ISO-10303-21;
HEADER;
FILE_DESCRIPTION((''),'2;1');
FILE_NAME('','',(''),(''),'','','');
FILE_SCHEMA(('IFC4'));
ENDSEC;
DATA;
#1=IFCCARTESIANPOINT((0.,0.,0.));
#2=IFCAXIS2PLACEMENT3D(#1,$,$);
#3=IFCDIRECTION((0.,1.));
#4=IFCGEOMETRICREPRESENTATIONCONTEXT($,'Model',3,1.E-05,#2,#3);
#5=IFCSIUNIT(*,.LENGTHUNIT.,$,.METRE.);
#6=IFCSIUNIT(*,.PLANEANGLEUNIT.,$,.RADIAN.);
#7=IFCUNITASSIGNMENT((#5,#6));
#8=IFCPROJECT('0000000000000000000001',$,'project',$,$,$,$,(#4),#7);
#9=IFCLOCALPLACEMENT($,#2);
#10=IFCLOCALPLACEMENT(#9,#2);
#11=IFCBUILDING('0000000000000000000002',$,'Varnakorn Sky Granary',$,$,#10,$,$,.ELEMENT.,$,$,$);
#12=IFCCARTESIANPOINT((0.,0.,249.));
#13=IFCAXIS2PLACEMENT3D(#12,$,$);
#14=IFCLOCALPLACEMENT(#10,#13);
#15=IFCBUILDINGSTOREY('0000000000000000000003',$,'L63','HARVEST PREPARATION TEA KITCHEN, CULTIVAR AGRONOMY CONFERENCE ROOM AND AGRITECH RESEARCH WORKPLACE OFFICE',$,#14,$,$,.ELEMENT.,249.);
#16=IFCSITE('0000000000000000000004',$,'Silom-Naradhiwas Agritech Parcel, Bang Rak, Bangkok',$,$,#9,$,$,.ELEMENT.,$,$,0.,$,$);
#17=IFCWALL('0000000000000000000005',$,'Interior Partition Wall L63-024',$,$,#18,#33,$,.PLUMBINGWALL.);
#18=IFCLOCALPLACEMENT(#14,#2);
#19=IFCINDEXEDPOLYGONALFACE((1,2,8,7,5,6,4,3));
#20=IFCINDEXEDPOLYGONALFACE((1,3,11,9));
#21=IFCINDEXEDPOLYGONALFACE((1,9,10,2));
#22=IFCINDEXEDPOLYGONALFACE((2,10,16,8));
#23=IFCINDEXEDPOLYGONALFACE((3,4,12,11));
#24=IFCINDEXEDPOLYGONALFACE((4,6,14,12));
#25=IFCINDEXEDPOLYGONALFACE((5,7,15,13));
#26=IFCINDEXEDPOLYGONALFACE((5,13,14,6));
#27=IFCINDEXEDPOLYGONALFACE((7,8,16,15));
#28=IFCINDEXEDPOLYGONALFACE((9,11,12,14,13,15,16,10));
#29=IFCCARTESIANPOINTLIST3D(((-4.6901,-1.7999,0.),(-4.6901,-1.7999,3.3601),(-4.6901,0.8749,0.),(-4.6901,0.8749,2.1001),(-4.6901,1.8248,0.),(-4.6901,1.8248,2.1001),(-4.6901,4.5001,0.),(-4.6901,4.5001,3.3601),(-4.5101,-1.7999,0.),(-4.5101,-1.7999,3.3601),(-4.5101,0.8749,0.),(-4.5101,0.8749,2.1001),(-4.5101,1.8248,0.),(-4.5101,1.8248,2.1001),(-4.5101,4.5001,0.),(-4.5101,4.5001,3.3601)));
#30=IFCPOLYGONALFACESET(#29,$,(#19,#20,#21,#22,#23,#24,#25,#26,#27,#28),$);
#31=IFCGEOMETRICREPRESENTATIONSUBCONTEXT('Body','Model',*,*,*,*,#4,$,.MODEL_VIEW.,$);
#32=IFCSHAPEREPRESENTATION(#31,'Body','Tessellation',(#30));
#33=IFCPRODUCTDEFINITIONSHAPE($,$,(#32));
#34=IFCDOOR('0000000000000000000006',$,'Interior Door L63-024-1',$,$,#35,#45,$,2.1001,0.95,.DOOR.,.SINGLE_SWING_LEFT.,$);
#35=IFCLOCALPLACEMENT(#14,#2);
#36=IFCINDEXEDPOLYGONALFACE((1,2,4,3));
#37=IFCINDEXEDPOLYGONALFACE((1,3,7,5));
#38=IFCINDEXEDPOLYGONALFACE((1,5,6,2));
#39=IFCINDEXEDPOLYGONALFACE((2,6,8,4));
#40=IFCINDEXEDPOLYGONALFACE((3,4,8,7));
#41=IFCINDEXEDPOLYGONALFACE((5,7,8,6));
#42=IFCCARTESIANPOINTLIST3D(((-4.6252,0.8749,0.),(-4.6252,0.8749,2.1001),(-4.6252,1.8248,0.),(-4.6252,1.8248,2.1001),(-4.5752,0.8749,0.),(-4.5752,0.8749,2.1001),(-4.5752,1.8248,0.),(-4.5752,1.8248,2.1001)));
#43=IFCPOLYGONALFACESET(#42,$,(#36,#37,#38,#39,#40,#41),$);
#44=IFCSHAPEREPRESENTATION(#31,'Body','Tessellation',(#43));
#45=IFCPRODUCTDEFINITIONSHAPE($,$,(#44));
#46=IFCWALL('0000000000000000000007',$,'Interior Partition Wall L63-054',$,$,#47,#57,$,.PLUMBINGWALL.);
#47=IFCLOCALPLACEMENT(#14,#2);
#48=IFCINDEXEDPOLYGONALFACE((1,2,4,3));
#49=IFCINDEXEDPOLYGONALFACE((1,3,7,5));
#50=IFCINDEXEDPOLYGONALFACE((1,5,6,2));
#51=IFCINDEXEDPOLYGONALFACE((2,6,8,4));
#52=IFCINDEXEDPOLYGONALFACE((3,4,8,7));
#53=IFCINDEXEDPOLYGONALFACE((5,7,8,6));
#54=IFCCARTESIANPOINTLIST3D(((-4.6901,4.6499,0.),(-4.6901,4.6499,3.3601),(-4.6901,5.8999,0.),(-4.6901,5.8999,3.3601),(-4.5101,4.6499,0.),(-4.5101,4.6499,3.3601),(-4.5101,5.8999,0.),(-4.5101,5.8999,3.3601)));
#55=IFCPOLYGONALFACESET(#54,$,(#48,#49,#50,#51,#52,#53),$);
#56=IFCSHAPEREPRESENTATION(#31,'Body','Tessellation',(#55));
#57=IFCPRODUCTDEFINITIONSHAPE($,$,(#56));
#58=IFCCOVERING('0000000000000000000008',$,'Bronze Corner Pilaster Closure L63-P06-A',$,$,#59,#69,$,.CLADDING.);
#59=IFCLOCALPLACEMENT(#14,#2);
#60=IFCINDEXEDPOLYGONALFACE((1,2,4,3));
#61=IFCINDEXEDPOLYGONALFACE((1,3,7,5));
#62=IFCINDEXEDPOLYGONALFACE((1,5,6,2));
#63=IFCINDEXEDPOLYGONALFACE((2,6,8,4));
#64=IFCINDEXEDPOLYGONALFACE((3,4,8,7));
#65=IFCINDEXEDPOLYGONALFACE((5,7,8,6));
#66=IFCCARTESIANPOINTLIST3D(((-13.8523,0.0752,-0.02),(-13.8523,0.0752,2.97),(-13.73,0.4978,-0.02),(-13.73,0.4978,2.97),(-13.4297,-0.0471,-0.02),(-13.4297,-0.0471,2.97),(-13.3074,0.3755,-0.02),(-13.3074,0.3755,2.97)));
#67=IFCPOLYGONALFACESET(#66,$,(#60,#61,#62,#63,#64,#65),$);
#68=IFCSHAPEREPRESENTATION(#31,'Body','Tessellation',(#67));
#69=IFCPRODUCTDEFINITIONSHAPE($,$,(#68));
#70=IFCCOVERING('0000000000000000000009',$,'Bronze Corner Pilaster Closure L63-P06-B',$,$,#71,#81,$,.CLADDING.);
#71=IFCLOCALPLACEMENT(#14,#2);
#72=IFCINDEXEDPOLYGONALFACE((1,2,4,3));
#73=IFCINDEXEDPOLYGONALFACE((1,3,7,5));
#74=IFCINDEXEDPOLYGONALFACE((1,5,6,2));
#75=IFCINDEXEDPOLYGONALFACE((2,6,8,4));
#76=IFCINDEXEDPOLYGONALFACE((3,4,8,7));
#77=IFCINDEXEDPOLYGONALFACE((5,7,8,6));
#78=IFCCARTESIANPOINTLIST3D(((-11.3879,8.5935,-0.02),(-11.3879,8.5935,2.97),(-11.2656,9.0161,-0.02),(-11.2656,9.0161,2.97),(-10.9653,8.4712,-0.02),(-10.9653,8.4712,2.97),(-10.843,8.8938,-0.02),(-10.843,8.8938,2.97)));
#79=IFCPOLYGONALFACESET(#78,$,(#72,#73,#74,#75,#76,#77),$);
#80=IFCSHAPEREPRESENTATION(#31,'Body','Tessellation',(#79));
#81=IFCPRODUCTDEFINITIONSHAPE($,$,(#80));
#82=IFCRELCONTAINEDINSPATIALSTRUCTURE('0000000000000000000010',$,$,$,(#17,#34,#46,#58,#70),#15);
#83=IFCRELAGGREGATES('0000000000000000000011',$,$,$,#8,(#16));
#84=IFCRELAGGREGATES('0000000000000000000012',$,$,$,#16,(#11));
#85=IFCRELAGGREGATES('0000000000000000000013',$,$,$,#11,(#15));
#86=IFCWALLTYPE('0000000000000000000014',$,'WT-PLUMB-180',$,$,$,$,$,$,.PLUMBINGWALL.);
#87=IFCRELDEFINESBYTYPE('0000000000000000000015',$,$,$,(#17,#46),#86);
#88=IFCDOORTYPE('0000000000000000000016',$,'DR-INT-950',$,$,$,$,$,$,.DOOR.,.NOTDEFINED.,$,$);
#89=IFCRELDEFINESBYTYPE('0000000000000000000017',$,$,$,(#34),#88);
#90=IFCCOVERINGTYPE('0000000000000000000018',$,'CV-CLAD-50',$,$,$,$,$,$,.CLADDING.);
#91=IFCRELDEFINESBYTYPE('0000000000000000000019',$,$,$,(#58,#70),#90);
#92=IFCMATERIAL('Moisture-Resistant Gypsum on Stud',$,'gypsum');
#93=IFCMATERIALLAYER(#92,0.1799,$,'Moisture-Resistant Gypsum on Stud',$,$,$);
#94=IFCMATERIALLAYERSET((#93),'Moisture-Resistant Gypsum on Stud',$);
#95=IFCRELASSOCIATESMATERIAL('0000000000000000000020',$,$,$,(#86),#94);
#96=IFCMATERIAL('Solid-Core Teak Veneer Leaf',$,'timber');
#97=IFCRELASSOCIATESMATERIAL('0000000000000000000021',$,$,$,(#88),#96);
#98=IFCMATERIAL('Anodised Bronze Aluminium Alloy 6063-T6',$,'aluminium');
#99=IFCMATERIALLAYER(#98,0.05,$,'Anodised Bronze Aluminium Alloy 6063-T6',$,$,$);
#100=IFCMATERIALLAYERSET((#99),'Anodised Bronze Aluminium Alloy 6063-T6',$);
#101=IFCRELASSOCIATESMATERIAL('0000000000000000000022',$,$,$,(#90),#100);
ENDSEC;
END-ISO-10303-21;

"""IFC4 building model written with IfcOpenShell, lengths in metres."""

from ifc_helpers import new_model, si_unit, direction, frame, frame_2d, origin, origin_2d, place, context, subcontext, project, spatial, rectangle, extrude, source, transform, mapped, material, layer, layer_set, type_object, type_shapes, element, fill, save


model = new_model("IFC4")

# Units and contexts
model_context = context("Model", 3, precision=1e-05, world=origin(), true_north=direction((0.0, 1.0)))
body_context = subcontext(model_context, "Body", "Model", "MODEL_VIEW")
ifc_project = project(units=[si_unit("LENGTHUNIT", "METRE"), si_unit("PLANEANGLEUNIT", "RADIAN")], contexts=[model_context])

# Site, building, storey
site_placement = place(None, origin())
site = spatial("IfcSite", under=ifc_project, at=site_placement, Name="Silom-Naradhiwas Agritech Parcel, Bang Rak, Bangkok", CompositionType="ELEMENT", RefElevation=0.0)
building_placement = place(site_placement, origin())
building = spatial("IfcBuilding", under=site, at=building_placement, Name="Varnakorn Sky Granary", CompositionType="ELEMENT")
storey_placement = place(building_placement, frame((0.0, 0.0, 249.0)))
storey = spatial("IfcBuildingStorey", under=building, at=storey_placement, Name="L63", Description="HARVEST PREPARATION TEA KITCHEN, CULTIVAR AGRONOMY CONFERENCE ROOM AND AGRITECH RESEARCH WORKPLACE OFFICE", CompositionType="ELEMENT", Elevation=249.0)

# Shared definitions
ifc_material_1 = material(Name="Anodised Bronze Aluminium Alloy 6063-T6", Category="aluminium")

# Wall, opening, door
ifc_material_2 = material(Name="Moisture-Resistant Gypsum on Stud", Category="gypsum")
ifc_layer_1 = layer(ifc_material_2, 0.1799, Name="Moisture-Resistant Gypsum on Stud")
ifc_layer_set_1 = layer_set([ifc_layer_1], Name="Moisture-Resistant Gypsum on Stud")
wall_type_1 = type_object("IfcWallType", Name="WT-PLUMB-180", PredefinedType="PLUMBINGWALL", material=ifc_layer_set_1)
wall_1_placement = place(storey_placement, frame((-4.6001, 4.5, 0.0), z_axis=(0.0, 0.0, 1.0), x_axis=(0.0, -1.0, 0.0)))
wall_1 = element("IfcWall", 1, at=wall_1_placement, inside=storey, type_object=wall_type_1, Name="Interior Partition Wall L63-024", PredefinedType="PLUMBINGWALL", context=body_context, shape_type="SweptSolid", body=[
    extrude(rectangle(XDim=6.3, YDim=0.1799, at=frame_2d((3.1499, 0.0))), origin(), (0.0, 0.0, 1.0), 3.3601),
])
opening_placement = place(wall_1_placement, frame((2.675, 0.0, 0.0)))
opening = element("IfcOpeningElement", 2, at=opening_placement, cuts=wall_1, PredefinedType="OPENING", context=body_context, shape_type="SweptSolid", body=[
    extrude(rectangle(XDim=0.95, YDim=2.1001, at=frame_2d((0.4751, 1.05))), frame((0.0, 0.1001, 0.0), z_axis=(0.0, -1.0, 0.0), x_axis=(1.0, 0.0, 0.0)), (0.0, 0.0, 1.0), 0.2),
])
ifc_material_3 = material(Name="Solid-Core Teak Veneer Leaf", Category="timber")
door_type = type_object("IfcDoorType", Name="DR-INT-950", OperationType="NOTDEFINED", PredefinedType="DOOR", material=ifc_material_3)
door_placement = place(opening_placement, origin())
door = element("IfcDoor", 3, at=door_placement, inside=storey, type_object=door_type, Name="Interior Door L63-024-1", OperationType="SINGLE_SWING_LEFT", OverallHeight=2.1001, OverallWidth=0.95, PredefinedType="DOOR", context=body_context, shape_type="SweptSolid", body=[
    extrude(rectangle(XDim=0.95, YDim=2.1001, at=frame_2d((0.4751, 1.05))), frame((0.0, 0.0249, 0.0), z_axis=(0.0, -1.0, 0.0), x_axis=(1.0, 0.0, 0.0)), (0.0, 0.0, 1.0), 0.05),
])
fill(opening, door)

# Wall
wall_2_placement = place(storey_placement, frame((-4.6001, 5.8999, 0.0), z_axis=(0.0, 0.0, 1.0), x_axis=(0.0, -1.0, 0.0)))
element("IfcWall", 4, at=wall_2_placement, inside=storey, type_object=wall_type_1, Name="Interior Partition Wall L63-054", PredefinedType="PLUMBINGWALL", context=body_context, shape_type="SweptSolid", body=[
    extrude(rectangle(XDim=1.25, YDim=0.1799, at=frame_2d((0.625, 0.0))), origin(), (0.0, 0.0, 1.0), 3.3601),
])

# Coverings
ifc_layer_2 = layer(ifc_material_1, 0.05, Name="Anodised Bronze Aluminium Alloy 6063-T6")
ifc_layer_set_2 = layer_set([ifc_layer_2], Name="Anodised Bronze Aluminium Alloy 6063-T6")
covering_type = type_object("IfcCoveringType", Name="CV-CLAD-50", PredefinedType="CLADDING", material=ifc_layer_set_2)
shared_shape_1 = source(origin(), body_context, "Body", "SweptSolid", [
    extrude(rectangle(XDim=0.4399, YDim=0.4399, at=origin_2d()), origin(), (0.0, 0.0, 1.0), 2.99),
])
type_shapes(covering_type, [shared_shape_1])
for number, where, z_axis, x_axis, name in (
    (5, (-13.5798, 0.2253, -0.02), (0.0, 0.0, 1.0), (0.277985, 0.960585, 0.0), "Bronze Corner Pilaster Closure L63-P06-A"),
    (6, (-11.1155, 8.7437, -0.02), (0.0, 0.0, 1.0), (0.277985, 0.960585, 0.0), "Bronze Corner Pilaster Closure L63-P06-B"),
):
    element("IfcCovering", number, at=place(storey_placement, frame(where, z_axis=z_axis, x_axis=x_axis)), inside=storey, type_object=covering_type, Name=name, PredefinedType="CLADDING", context=body_context, shape_type="MappedRepresentation", body=[
        mapped(shared_shape_1, transform((0.0, 0.0, 0.0), x_axis=(1.0, 0.0, 0.0), y_axis=(0.0, 1.0, 0.0), z_axis=(0.0, 0.0, 1.0), scale=1.0)),
    ])

save(model, "model.ifc")
